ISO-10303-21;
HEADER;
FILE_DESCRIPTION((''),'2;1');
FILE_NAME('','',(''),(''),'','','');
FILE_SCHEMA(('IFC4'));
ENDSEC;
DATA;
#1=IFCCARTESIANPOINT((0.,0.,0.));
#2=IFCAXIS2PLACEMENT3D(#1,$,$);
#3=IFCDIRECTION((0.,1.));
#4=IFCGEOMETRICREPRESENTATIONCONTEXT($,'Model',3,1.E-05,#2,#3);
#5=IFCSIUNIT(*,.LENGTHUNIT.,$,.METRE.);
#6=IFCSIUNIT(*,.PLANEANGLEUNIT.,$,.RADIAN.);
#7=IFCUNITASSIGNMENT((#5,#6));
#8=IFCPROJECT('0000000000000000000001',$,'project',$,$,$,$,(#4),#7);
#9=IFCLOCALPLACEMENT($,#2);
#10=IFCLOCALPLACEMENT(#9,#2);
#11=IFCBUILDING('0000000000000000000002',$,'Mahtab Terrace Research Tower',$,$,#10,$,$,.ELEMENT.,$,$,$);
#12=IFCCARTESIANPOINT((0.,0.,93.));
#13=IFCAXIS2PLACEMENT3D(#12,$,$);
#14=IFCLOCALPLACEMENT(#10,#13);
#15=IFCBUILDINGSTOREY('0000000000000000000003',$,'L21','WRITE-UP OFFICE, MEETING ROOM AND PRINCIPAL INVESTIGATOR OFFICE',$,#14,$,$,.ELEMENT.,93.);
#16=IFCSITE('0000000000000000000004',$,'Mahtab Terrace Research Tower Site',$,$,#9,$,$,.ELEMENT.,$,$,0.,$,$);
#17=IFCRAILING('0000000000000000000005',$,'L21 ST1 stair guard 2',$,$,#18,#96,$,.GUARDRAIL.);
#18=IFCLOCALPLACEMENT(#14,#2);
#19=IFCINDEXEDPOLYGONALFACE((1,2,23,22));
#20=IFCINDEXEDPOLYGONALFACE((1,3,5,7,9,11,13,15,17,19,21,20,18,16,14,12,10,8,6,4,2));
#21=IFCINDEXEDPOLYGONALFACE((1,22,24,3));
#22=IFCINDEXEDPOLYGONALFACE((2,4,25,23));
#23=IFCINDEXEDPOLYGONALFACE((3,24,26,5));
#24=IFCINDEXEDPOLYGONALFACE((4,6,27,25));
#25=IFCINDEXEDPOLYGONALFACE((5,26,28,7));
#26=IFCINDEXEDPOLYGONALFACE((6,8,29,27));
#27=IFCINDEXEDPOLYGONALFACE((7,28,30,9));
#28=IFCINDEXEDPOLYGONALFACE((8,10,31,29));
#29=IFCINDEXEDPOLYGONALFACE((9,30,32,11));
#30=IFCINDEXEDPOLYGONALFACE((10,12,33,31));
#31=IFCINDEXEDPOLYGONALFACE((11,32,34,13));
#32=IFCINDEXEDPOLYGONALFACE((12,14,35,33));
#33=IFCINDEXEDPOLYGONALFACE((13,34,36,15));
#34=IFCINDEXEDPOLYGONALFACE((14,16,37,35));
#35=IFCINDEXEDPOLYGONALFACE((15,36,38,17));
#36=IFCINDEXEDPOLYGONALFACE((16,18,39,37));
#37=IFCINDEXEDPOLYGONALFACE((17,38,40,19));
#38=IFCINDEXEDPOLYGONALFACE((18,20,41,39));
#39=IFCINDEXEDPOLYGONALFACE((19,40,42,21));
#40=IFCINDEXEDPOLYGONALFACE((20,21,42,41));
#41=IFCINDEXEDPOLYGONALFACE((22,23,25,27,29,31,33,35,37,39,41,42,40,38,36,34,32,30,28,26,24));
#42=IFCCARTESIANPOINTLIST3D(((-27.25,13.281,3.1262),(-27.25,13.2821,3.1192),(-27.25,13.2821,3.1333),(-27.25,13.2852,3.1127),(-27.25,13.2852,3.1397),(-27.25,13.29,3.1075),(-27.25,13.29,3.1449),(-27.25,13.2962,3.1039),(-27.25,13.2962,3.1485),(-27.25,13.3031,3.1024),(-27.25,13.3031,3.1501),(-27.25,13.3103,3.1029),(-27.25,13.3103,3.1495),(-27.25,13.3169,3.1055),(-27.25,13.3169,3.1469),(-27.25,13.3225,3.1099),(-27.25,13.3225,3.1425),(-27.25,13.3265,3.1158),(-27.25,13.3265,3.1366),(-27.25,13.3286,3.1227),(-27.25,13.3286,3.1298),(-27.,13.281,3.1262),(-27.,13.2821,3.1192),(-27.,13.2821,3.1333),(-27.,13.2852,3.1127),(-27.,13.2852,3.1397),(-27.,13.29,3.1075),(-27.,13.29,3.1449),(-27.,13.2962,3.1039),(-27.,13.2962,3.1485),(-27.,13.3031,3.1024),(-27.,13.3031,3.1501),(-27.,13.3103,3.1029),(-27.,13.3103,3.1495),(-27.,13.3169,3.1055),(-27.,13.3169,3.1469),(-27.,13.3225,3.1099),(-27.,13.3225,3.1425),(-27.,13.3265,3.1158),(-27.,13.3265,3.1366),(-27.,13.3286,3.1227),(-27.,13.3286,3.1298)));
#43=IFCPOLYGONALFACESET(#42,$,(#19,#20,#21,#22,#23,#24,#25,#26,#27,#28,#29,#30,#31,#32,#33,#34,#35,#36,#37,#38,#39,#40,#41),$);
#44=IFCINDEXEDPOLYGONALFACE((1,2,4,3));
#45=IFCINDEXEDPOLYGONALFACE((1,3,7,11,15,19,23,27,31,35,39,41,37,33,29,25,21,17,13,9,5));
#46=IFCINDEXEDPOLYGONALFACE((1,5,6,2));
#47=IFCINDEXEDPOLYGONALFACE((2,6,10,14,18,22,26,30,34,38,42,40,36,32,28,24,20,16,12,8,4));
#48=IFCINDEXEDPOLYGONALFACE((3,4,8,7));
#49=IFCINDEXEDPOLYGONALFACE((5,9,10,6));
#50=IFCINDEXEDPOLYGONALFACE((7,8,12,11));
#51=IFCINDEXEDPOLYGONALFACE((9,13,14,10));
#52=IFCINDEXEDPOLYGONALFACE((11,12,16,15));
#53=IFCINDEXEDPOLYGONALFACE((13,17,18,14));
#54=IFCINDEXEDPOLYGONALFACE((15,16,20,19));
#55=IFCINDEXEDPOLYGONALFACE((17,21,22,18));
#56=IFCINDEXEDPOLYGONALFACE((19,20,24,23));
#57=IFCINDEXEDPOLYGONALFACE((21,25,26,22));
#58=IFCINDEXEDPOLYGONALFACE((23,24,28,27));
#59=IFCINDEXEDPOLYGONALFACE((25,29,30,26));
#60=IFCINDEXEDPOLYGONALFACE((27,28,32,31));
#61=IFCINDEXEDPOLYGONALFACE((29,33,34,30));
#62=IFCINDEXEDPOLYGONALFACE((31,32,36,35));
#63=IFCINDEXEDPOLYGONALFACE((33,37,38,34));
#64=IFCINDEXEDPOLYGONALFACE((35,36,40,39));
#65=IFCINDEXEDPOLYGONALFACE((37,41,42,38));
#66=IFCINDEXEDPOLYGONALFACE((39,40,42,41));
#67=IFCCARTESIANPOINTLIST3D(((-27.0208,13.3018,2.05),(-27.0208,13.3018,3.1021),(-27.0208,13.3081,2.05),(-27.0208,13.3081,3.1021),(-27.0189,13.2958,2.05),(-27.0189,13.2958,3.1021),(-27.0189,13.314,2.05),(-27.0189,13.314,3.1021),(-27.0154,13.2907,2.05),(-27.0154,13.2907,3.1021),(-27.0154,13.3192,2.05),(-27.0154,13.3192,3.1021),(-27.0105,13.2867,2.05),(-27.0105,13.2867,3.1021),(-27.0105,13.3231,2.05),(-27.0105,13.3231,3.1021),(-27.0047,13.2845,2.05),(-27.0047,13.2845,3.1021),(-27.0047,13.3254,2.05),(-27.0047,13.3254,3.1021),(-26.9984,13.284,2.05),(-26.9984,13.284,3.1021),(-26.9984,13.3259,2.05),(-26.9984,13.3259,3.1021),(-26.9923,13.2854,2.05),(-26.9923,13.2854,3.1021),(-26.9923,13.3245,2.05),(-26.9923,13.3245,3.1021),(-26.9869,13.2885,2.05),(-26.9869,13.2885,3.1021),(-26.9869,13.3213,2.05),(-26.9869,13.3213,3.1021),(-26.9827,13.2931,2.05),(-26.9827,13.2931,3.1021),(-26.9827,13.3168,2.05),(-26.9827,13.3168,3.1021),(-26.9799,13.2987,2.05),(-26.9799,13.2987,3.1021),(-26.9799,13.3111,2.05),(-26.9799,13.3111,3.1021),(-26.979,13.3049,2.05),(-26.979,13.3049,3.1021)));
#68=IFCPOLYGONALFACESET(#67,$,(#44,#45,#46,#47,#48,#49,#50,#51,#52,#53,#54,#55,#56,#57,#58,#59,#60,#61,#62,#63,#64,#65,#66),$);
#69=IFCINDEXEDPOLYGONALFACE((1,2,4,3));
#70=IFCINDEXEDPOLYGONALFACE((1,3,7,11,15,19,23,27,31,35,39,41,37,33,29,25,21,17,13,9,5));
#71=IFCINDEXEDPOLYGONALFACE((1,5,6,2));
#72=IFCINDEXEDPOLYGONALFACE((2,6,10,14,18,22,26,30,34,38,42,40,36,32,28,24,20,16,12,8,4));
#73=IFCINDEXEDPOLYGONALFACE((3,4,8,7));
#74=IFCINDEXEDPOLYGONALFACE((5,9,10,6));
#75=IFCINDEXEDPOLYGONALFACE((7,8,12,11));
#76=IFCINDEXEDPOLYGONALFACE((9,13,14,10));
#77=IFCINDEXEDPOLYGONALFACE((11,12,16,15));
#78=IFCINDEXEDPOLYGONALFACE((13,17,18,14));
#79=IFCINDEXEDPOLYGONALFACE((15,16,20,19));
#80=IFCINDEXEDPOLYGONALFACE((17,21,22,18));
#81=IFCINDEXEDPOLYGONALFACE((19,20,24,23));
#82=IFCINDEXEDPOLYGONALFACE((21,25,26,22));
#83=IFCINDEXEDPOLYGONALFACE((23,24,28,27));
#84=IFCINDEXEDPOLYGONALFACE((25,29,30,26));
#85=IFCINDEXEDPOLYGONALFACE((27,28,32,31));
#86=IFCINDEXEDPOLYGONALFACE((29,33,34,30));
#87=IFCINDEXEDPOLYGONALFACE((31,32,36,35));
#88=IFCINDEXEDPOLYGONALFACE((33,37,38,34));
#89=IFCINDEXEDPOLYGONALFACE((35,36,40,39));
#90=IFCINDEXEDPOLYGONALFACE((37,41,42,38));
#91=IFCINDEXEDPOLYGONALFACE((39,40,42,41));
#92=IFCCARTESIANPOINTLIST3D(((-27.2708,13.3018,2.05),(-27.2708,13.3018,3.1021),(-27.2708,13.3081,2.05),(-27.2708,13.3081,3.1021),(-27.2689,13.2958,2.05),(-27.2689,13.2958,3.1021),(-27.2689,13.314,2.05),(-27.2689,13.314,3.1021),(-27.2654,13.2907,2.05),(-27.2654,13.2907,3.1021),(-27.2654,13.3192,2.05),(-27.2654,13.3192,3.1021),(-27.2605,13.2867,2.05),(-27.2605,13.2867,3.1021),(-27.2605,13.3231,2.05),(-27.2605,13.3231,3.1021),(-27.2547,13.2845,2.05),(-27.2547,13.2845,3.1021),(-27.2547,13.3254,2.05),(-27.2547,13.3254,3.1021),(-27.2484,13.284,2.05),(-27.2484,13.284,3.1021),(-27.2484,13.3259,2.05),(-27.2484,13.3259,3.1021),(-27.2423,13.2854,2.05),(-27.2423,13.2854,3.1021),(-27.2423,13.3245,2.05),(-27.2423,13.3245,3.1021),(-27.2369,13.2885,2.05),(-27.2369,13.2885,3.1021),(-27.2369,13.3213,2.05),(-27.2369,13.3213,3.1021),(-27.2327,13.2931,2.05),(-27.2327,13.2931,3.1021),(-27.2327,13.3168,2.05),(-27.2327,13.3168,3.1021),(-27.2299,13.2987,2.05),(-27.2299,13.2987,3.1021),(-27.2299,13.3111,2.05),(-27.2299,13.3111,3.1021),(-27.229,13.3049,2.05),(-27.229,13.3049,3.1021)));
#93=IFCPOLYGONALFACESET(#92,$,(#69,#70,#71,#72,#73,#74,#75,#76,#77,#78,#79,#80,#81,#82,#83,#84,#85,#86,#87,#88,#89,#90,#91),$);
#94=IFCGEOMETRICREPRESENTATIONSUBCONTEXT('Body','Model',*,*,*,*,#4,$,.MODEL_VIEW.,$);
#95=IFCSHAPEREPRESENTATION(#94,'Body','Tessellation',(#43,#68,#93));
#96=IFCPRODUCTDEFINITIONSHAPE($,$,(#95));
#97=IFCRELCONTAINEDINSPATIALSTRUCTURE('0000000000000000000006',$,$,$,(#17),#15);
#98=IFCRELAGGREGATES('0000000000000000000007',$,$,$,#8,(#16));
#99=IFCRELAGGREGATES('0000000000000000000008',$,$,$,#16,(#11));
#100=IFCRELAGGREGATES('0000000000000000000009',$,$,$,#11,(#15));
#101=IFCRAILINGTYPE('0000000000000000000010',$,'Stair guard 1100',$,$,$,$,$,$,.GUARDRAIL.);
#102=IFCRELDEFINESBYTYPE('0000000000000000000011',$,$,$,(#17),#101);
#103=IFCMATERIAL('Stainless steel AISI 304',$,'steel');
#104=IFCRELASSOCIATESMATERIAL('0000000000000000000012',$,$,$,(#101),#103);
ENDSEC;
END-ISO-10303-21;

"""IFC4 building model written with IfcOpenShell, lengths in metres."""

from ifc_helpers import new_model, si_unit, direction, frame, origin, origin_2d, place, context, subcontext, project, spatial, circle, extrude, material, type_object, element, save


model = new_model("IFC4")

# Units and contexts
model_context = context("Model", 3, precision=1e-05, world=origin(), true_north=direction((0.0, 1.0)))
body_context = subcontext(model_context, "Body", "Model", "MODEL_VIEW")
ifc_project = project(units=[si_unit("LENGTHUNIT", "METRE"), si_unit("PLANEANGLEUNIT", "RADIAN")], contexts=[model_context])

# Site, building, storey
site_placement = place(None, origin())
site = spatial("IfcSite", under=ifc_project, at=site_placement, Name="Mahtab Terrace Research Tower Site", CompositionType="ELEMENT", RefElevation=0.0)
building_placement = place(site_placement, origin())
building = spatial("IfcBuilding", under=site, at=building_placement, Name="Mahtab Terrace Research Tower", CompositionType="ELEMENT")
storey_placement = place(building_placement, frame((0.0, 0.0, 93.0)))
storey = spatial("IfcBuildingStorey", under=building, at=storey_placement, Name="L21", Description="WRITE-UP OFFICE, MEETING ROOM AND PRINCIPAL INVESTIGATOR OFFICE", CompositionType="ELEMENT", Elevation=93.0)

# Railing
ifc_material_1 = material(Name="Stainless steel AISI 304", Category="steel")
railing_type_1 = type_object("IfcRailingType", Name="Stair guard 1100", PredefinedType="GUARDRAIL", material=ifc_material_1)
railing_1_placement = place(storey_placement, frame((-27.0, 13.3049, 2.05)))
element("IfcRailing", 1, at=railing_1_placement, inside=storey, type_object=railing_type_1, Name="L21 ST1 stair guard 2", PredefinedType="GUARDRAIL", context=body_context, shape_type="SweptSolid", body=[
    extrude(circle(Radius=0.0239, at=origin_2d()), frame((0.0, 0.0, 1.0762), z_axis=(-1.0, 0.0, 0.0), x_axis=(0.0, -1.0, 0.0)), (0.0, 0.0, 1.0), 0.25),
    extrude(circle(Radius=0.021, at=origin_2d()), origin(), (0.0, 0.0, 1.0), 1.052),
    extrude(circle(Radius=0.021, at=origin_2d()), frame((-0.25, 0.0, 0.0)), (0.0, 0.0, 1.0), 1.052),
])

save(model, "model.ifc")
